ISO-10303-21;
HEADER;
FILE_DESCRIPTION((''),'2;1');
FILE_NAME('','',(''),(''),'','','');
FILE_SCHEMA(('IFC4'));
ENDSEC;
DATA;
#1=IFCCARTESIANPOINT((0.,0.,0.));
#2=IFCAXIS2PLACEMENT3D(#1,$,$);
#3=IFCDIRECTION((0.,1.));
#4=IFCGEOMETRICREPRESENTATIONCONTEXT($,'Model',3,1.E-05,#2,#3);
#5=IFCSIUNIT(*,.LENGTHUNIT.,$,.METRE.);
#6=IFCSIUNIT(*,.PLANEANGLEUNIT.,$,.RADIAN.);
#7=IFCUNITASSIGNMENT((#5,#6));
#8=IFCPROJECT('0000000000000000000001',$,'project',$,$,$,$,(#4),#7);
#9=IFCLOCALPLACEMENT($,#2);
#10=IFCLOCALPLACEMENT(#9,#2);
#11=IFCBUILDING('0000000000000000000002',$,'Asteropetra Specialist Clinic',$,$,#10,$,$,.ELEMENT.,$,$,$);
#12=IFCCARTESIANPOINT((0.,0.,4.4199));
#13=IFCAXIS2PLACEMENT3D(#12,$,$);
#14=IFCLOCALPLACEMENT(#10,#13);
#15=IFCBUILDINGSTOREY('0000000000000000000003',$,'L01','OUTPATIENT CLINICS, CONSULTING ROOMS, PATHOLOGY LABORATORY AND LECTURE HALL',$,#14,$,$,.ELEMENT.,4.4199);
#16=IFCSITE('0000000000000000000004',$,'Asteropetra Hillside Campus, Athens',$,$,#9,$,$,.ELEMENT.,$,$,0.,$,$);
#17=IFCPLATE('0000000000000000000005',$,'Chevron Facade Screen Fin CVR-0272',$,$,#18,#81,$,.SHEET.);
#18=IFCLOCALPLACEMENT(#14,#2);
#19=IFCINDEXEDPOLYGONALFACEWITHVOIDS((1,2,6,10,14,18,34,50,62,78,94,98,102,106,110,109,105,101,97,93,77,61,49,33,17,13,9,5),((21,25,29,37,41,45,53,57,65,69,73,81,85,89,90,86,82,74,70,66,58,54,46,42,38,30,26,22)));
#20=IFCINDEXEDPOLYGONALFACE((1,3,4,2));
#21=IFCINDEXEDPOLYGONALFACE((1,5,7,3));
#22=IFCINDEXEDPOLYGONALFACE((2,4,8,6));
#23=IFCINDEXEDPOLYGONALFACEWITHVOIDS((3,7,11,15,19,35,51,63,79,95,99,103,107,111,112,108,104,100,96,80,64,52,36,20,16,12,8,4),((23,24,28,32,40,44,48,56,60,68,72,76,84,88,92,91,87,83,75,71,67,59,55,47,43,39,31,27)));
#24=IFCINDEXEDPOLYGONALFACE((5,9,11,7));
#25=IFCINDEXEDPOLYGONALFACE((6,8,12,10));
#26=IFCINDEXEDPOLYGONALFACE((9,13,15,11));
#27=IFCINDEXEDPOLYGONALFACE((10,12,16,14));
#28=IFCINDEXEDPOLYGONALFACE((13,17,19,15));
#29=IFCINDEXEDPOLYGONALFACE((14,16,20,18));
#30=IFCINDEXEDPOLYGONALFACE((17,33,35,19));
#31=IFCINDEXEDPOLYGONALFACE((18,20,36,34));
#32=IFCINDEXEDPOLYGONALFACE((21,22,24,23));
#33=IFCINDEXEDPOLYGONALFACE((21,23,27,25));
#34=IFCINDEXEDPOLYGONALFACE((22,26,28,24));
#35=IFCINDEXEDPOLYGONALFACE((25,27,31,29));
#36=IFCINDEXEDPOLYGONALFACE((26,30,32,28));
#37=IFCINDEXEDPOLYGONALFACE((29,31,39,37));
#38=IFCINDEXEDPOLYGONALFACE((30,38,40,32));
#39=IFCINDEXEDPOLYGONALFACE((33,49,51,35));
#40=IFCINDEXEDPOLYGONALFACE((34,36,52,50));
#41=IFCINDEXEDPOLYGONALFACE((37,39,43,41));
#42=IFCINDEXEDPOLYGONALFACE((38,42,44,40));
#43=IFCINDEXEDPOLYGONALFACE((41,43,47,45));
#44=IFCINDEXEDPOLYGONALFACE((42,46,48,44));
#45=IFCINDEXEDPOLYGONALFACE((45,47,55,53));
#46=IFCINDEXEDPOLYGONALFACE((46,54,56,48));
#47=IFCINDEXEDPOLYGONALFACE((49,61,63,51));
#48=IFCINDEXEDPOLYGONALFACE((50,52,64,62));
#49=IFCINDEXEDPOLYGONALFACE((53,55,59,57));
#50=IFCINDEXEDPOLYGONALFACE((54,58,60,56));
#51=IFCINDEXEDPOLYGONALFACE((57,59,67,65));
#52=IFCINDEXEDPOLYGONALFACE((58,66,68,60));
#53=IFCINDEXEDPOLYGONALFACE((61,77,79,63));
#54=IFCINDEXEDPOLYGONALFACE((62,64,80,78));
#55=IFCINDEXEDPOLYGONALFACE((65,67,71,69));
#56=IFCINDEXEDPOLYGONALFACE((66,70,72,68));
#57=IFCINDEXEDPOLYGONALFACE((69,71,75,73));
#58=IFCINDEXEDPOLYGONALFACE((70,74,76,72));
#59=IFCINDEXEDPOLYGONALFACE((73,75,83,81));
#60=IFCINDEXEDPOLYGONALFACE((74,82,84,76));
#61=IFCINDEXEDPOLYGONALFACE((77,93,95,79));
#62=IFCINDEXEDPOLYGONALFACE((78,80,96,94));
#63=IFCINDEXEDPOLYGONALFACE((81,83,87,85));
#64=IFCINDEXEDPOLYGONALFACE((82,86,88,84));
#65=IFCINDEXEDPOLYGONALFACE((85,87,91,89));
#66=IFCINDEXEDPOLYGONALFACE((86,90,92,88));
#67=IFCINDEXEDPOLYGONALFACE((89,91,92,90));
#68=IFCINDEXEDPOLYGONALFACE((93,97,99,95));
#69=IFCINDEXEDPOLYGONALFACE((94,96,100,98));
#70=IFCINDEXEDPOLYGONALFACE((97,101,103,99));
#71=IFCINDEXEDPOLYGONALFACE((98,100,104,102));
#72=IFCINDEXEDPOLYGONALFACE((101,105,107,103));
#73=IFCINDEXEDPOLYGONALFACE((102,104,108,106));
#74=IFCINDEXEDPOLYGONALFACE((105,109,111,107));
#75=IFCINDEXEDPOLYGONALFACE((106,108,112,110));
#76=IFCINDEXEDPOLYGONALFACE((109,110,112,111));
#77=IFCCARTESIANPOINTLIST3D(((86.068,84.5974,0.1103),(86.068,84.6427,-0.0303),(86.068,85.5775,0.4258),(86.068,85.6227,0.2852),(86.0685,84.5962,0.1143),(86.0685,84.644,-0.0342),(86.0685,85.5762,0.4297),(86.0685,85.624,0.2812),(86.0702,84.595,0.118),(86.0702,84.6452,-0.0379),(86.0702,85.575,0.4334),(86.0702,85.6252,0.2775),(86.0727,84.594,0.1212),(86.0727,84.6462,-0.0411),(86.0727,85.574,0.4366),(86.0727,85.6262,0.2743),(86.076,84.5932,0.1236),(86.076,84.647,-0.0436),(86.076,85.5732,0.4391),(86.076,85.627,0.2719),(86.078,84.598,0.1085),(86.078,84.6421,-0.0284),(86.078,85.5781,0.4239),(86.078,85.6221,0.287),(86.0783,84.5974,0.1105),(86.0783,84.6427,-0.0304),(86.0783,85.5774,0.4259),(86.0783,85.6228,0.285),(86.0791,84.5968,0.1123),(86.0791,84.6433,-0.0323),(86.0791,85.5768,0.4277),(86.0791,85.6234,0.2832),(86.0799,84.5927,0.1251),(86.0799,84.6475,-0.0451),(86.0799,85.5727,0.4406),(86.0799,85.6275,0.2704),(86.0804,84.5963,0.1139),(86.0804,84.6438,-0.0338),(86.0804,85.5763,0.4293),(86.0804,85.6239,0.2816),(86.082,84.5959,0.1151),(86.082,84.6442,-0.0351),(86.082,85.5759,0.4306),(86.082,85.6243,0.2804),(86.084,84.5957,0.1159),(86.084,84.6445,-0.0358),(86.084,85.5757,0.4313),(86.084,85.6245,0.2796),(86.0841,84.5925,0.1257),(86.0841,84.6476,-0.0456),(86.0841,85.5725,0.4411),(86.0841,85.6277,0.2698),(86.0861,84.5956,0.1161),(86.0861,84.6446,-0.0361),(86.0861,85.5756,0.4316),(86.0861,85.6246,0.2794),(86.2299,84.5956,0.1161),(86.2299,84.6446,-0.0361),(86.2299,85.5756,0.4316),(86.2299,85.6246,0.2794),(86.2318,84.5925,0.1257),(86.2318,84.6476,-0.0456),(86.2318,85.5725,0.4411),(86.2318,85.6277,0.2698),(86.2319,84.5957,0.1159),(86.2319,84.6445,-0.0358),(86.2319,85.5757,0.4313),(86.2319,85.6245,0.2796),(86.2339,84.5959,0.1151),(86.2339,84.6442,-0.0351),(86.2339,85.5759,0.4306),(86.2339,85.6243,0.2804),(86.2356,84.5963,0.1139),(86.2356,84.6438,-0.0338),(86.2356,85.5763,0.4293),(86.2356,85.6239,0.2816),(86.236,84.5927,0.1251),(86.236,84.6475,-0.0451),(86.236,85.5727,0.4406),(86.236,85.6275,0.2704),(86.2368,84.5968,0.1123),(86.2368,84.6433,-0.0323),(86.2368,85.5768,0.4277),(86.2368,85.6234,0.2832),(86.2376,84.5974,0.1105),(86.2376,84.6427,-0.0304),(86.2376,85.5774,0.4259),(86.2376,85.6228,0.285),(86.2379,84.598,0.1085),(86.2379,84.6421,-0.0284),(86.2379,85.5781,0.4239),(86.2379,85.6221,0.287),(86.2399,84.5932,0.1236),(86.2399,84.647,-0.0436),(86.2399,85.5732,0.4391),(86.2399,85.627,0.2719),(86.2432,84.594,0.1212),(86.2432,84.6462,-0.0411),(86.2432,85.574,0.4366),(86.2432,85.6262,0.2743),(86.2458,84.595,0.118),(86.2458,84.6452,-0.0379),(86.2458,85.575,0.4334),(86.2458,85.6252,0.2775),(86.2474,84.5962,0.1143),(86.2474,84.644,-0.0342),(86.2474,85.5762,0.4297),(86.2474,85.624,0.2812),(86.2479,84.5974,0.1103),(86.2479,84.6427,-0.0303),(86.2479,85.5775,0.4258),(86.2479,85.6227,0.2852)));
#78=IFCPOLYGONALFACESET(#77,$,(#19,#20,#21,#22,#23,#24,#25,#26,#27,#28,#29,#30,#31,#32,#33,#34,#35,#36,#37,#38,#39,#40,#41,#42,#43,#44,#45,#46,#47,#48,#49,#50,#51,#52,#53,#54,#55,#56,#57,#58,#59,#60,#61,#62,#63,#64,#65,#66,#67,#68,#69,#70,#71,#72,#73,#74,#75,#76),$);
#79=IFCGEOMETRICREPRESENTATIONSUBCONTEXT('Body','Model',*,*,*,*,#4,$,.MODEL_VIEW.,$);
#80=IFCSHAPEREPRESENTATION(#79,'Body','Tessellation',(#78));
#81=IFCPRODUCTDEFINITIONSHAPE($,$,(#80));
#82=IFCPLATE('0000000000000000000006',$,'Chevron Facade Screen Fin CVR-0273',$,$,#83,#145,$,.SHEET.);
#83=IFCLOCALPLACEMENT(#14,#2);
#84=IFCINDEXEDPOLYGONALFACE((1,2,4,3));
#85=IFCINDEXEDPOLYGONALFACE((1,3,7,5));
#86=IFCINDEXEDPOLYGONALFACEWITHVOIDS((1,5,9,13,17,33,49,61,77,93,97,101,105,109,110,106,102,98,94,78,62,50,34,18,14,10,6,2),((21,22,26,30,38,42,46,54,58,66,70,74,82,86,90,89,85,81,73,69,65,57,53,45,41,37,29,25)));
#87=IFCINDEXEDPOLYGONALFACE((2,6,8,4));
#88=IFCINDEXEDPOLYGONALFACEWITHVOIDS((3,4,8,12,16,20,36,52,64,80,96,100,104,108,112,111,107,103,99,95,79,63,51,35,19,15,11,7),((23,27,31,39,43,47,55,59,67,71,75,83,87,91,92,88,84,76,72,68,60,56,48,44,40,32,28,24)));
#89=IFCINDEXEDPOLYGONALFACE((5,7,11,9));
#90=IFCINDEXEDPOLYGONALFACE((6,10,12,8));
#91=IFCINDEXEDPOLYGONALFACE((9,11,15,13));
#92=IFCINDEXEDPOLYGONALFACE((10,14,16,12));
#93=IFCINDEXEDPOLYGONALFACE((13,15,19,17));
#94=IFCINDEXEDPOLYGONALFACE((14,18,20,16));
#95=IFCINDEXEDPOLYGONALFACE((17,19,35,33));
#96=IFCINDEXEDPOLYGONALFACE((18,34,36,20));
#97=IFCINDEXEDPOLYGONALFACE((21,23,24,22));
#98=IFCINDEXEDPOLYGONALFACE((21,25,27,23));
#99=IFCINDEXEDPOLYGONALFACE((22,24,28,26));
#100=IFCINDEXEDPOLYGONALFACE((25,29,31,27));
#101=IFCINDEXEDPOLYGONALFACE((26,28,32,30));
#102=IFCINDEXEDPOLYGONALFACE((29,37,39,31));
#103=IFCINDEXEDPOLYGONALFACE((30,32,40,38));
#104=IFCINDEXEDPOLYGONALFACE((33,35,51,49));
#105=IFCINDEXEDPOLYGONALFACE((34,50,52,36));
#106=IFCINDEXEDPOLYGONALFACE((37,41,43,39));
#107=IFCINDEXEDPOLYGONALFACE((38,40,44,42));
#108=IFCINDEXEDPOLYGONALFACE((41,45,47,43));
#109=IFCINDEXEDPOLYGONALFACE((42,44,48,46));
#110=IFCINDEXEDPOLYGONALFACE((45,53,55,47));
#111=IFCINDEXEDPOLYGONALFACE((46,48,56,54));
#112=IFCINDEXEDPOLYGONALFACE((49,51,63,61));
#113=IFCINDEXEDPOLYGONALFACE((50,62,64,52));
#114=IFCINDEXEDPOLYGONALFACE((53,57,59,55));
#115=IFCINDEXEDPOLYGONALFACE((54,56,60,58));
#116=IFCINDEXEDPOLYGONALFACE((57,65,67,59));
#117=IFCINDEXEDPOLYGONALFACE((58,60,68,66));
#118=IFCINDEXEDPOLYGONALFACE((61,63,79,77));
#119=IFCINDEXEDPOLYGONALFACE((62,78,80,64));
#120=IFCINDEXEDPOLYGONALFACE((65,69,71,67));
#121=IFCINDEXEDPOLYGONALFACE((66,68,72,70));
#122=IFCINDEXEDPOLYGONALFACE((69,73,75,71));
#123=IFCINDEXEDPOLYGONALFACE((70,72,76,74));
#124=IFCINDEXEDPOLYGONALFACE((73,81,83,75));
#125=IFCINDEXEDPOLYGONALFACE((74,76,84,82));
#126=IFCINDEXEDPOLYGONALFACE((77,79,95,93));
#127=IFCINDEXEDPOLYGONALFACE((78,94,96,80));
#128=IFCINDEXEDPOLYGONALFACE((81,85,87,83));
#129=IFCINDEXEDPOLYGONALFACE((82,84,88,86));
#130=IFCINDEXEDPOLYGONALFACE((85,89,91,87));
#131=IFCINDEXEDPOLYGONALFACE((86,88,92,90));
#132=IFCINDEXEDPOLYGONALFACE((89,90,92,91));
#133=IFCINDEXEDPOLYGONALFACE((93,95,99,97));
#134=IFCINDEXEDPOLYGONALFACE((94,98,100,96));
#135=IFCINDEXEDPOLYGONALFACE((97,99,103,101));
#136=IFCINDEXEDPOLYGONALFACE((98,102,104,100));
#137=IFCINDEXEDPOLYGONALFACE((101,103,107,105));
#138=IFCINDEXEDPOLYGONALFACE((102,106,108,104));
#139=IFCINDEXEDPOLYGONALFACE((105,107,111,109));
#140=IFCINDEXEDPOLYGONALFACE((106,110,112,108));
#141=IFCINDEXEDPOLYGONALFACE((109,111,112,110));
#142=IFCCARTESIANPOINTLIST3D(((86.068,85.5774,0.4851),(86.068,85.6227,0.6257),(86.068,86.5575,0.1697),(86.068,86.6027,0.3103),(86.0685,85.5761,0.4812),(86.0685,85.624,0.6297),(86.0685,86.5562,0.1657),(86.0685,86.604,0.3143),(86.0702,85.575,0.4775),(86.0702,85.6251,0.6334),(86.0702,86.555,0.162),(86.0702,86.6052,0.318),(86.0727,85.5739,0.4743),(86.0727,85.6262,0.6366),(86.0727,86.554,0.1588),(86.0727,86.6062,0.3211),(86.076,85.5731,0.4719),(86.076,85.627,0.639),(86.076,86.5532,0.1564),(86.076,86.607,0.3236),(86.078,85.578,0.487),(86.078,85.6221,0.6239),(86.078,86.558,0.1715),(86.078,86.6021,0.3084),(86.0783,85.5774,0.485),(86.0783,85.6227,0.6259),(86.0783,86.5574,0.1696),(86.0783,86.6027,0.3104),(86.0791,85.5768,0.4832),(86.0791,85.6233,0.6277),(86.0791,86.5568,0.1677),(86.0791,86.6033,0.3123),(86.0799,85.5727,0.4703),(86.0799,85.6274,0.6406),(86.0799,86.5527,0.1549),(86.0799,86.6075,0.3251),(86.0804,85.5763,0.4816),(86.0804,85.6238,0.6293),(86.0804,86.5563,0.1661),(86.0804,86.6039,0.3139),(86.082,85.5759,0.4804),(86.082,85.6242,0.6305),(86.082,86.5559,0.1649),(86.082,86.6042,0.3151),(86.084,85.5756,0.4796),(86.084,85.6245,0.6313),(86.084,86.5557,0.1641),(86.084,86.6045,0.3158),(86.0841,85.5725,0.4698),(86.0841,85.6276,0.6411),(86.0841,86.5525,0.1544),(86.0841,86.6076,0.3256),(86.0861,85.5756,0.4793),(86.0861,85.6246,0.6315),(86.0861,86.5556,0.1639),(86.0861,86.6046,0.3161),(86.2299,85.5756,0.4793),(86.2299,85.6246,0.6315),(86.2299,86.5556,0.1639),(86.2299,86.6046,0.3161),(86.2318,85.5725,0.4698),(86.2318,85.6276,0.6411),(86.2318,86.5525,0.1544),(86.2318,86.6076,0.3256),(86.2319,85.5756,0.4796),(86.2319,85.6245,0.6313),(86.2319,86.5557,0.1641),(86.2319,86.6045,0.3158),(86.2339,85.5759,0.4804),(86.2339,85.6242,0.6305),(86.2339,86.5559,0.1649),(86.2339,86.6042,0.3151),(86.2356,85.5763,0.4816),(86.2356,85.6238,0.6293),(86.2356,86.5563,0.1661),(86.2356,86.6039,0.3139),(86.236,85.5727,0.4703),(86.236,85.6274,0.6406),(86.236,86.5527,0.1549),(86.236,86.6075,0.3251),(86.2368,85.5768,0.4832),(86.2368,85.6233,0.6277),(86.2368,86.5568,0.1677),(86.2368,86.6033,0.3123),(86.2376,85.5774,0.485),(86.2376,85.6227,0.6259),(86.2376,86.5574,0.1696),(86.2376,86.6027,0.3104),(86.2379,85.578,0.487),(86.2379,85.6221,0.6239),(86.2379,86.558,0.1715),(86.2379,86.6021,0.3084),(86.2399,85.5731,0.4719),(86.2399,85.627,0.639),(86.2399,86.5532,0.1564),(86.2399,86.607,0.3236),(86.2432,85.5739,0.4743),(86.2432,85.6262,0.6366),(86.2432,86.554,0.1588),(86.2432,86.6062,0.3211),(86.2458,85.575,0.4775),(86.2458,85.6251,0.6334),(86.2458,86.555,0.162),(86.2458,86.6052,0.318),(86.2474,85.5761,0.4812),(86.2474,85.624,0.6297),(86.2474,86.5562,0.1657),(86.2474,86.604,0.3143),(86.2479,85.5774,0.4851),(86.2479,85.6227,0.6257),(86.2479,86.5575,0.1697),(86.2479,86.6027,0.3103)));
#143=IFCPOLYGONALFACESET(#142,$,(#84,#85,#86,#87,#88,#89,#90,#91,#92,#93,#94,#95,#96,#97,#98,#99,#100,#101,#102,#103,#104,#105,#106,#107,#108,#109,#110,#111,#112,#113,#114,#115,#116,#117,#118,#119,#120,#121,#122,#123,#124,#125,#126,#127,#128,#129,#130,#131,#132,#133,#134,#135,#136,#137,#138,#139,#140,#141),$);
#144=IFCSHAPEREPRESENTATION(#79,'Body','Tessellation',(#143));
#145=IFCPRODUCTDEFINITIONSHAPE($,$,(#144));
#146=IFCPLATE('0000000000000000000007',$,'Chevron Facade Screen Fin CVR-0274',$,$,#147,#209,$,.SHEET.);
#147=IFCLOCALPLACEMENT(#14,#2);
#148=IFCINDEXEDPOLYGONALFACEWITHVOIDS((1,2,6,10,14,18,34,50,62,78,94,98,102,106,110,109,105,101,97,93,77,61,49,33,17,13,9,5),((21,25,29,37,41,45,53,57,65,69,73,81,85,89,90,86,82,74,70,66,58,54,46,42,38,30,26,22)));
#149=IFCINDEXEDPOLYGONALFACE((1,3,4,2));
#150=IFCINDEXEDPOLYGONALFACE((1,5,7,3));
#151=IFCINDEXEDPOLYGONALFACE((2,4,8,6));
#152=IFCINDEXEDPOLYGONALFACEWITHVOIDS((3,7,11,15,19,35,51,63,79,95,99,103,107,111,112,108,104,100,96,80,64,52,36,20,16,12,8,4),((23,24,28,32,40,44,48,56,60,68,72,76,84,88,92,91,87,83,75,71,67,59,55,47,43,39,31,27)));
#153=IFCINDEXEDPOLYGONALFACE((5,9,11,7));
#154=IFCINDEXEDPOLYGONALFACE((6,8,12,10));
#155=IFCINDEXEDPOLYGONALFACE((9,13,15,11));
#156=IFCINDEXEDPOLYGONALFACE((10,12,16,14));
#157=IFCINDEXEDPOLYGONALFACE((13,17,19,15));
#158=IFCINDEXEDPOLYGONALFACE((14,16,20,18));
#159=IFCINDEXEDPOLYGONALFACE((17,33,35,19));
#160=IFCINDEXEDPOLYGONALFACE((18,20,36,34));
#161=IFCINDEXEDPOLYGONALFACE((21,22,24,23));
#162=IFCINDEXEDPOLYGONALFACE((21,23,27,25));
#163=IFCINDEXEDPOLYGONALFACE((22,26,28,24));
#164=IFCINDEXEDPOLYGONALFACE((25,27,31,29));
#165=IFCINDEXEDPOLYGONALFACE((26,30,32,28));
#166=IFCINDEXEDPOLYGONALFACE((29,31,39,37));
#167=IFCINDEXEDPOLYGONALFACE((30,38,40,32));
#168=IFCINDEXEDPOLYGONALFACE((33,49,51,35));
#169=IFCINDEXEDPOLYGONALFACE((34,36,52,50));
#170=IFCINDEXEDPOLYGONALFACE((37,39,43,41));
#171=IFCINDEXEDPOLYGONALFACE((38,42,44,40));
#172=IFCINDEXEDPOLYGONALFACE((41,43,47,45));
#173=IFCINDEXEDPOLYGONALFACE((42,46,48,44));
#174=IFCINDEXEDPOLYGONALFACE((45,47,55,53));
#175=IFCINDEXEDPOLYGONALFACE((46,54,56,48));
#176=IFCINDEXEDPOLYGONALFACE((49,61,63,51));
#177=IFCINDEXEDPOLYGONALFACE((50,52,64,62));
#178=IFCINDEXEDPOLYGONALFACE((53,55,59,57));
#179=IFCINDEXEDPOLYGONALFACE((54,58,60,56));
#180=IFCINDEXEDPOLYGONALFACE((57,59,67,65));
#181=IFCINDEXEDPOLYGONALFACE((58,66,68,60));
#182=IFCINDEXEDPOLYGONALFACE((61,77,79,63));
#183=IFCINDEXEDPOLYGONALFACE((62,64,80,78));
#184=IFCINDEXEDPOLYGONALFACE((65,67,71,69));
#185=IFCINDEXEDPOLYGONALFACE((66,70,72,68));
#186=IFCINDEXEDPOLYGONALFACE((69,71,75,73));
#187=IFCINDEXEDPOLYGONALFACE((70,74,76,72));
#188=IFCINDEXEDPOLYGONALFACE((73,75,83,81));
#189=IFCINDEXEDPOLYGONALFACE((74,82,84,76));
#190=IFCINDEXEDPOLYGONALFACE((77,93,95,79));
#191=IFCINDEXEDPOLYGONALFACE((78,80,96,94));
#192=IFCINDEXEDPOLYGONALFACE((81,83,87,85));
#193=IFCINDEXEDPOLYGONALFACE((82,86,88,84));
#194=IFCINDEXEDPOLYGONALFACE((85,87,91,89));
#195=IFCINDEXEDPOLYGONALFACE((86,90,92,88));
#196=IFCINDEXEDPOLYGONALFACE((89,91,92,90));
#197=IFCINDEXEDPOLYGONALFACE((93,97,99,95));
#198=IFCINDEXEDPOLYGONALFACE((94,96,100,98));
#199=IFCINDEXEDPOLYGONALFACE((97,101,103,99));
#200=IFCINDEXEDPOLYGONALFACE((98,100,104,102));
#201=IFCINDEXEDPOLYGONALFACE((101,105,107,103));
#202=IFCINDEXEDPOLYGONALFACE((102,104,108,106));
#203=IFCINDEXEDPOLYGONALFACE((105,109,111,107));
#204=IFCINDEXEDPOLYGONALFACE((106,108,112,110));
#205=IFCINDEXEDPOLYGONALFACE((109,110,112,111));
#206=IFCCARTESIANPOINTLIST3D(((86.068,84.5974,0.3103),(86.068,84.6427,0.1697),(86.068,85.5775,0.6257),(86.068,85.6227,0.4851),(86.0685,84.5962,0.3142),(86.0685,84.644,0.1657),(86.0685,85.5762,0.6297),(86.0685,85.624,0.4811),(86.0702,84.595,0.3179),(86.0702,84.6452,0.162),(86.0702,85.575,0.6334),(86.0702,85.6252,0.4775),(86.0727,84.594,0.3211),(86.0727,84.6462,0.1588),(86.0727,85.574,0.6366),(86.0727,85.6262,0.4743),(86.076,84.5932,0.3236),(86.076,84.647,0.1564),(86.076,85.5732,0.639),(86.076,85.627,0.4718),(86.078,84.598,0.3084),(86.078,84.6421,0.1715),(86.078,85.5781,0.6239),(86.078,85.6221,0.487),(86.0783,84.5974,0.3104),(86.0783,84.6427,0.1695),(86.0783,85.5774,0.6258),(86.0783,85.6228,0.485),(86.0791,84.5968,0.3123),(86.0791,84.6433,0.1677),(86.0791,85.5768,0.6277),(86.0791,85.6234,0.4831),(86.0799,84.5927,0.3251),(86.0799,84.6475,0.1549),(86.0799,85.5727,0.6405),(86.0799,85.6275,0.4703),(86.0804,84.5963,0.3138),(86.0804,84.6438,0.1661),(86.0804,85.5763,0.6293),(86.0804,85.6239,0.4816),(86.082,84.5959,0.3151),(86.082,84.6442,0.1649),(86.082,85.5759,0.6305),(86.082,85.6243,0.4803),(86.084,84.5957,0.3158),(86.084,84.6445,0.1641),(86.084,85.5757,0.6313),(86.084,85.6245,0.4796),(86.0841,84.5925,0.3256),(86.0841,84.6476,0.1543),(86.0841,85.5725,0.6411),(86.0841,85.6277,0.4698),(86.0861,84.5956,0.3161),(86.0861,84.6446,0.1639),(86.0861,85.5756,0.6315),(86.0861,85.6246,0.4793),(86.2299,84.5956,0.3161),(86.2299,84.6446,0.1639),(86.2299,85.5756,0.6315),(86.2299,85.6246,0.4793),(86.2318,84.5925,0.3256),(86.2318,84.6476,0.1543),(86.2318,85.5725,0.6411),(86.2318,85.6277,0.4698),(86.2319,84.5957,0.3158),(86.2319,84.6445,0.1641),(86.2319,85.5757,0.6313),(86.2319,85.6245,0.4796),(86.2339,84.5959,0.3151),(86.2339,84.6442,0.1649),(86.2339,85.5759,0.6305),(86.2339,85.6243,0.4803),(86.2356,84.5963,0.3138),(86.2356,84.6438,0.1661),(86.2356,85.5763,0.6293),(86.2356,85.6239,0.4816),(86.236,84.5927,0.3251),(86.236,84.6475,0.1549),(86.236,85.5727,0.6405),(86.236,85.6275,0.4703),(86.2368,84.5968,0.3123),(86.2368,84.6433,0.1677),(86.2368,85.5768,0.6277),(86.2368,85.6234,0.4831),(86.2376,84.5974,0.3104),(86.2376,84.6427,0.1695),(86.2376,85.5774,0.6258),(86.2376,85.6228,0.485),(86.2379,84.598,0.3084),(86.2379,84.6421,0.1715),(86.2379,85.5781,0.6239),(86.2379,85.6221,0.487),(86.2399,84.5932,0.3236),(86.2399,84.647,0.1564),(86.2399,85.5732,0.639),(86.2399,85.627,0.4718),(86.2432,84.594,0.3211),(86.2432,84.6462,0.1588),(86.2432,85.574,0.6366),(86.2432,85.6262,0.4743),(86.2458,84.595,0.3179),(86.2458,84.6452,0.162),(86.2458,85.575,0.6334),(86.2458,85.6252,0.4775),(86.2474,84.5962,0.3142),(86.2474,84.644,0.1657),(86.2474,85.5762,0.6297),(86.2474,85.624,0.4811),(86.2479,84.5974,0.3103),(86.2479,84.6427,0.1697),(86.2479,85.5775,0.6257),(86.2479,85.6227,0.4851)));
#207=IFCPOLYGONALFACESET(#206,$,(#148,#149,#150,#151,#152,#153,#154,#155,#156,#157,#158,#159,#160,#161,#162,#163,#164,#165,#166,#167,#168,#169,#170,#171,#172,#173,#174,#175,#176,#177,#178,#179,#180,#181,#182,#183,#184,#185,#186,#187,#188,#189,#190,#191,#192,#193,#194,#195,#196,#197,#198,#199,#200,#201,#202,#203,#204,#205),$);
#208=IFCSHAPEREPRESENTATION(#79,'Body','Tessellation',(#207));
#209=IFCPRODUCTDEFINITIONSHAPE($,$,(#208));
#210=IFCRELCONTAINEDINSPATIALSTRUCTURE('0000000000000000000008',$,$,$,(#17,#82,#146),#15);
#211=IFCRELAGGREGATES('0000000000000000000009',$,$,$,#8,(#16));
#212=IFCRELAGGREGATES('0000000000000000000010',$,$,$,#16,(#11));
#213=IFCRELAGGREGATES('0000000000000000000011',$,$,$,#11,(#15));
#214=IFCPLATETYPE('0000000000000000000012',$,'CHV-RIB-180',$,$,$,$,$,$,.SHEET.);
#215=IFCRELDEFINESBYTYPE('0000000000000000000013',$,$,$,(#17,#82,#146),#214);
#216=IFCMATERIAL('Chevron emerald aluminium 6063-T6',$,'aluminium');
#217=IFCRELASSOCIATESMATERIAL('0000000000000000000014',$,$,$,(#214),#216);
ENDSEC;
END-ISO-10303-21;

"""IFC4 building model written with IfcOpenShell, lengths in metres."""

from ifc_helpers import new_model, si_unit, direction, frame, origin, origin_2d, place, context, subcontext, project, spatial, hollow_rectangle, extrude, material, material_profile, profile_set, type_object, element, save


model = new_model("IFC4")

# Units and contexts
model_context = context("Model", 3, precision=1e-05, world=origin(), true_north=direction((0.0, 1.0)))
body_context = subcontext(model_context, "Body", "Model", "MODEL_VIEW")
ifc_project = project(units=[si_unit("LENGTHUNIT", "METRE"), si_unit("PLANEANGLEUNIT", "RADIAN")], contexts=[model_context])

# Site, building, storey
site_placement = place(None, origin())
site = spatial("IfcSite", under=ifc_project, at=site_placement, Name="Asteropetra Hillside Campus, Athens", CompositionType="ELEMENT", RefElevation=0.0)
building_placement = place(site_placement, origin())
building = spatial("IfcBuilding", under=site, at=building_placement, Name="Asteropetra Specialist Clinic", CompositionType="ELEMENT")
storey_placement = place(building_placement, frame((0.0, 0.0, 4.4199)))
storey = spatial("IfcBuildingStorey", under=building, at=storey_placement, Name="L01", Description="OUTPATIENT CLINICS, CONSULTING ROOMS, PATHOLOGY LABORATORY AND LECTURE HALL", CompositionType="ELEMENT", Elevation=4.4199)

# Plates
ifc_material_1 = material(Name="Chevron emerald aluminium 6063-T6", Category="aluminium")
ifc_material_profile_1 = material_profile(ifc_material_1, hollow_rectangle(XDim=0.1799, YDim=0.1799, WallThickness=0.01, InnerFilletRadius=0.0081, OuterFilletRadius=0.0161, at=origin_2d()), Name="SHS 180x180x10.0")
ifc_profile_set_1 = profile_set([ifc_material_profile_1], Name="Chevron emerald aluminium 6063-T6")
plate_type = type_object("IfcPlateType", Name="CHV-RIB-180", PredefinedType="SHEET", material=ifc_profile_set_1)
for number, where, z_axis, x_axis, name in (
    (1, (86.158, 85.6001, 0.3555), (0.0, -0.951905, -0.306393), (1.0, 0.0, 0.0), "Chevron Facade Screen Fin CVR-0272"),
    (2, (86.158, 86.5801, 0.24), (0.0, -0.951905, 0.306393), (1.0, 0.0, 0.0), "Chevron Facade Screen Fin CVR-0273"),
    (3, (86.158, 85.6001, 0.5554), (0.0, -0.951905, -0.306393), (1.0, 0.0, 0.0), "Chevron Facade Screen Fin CVR-0274"),
):
    element("IfcPlate", number, at=place(storey_placement, frame(where, z_axis=z_axis, x_axis=x_axis)), inside=storey, type_object=plate_type, Name=name, PredefinedType="SHEET", context=body_context, shape_type="SweptSolid", body=[
        extrude(hollow_rectangle(XDim=0.1799, YDim=0.1799, WallThickness=0.01, InnerFilletRadius=0.0081, OuterFilletRadius=0.0161, at=origin_2d()), origin(), (0.0, 0.0, 1.0), 1.0295),
    ])

save(model, "model.ifc")
